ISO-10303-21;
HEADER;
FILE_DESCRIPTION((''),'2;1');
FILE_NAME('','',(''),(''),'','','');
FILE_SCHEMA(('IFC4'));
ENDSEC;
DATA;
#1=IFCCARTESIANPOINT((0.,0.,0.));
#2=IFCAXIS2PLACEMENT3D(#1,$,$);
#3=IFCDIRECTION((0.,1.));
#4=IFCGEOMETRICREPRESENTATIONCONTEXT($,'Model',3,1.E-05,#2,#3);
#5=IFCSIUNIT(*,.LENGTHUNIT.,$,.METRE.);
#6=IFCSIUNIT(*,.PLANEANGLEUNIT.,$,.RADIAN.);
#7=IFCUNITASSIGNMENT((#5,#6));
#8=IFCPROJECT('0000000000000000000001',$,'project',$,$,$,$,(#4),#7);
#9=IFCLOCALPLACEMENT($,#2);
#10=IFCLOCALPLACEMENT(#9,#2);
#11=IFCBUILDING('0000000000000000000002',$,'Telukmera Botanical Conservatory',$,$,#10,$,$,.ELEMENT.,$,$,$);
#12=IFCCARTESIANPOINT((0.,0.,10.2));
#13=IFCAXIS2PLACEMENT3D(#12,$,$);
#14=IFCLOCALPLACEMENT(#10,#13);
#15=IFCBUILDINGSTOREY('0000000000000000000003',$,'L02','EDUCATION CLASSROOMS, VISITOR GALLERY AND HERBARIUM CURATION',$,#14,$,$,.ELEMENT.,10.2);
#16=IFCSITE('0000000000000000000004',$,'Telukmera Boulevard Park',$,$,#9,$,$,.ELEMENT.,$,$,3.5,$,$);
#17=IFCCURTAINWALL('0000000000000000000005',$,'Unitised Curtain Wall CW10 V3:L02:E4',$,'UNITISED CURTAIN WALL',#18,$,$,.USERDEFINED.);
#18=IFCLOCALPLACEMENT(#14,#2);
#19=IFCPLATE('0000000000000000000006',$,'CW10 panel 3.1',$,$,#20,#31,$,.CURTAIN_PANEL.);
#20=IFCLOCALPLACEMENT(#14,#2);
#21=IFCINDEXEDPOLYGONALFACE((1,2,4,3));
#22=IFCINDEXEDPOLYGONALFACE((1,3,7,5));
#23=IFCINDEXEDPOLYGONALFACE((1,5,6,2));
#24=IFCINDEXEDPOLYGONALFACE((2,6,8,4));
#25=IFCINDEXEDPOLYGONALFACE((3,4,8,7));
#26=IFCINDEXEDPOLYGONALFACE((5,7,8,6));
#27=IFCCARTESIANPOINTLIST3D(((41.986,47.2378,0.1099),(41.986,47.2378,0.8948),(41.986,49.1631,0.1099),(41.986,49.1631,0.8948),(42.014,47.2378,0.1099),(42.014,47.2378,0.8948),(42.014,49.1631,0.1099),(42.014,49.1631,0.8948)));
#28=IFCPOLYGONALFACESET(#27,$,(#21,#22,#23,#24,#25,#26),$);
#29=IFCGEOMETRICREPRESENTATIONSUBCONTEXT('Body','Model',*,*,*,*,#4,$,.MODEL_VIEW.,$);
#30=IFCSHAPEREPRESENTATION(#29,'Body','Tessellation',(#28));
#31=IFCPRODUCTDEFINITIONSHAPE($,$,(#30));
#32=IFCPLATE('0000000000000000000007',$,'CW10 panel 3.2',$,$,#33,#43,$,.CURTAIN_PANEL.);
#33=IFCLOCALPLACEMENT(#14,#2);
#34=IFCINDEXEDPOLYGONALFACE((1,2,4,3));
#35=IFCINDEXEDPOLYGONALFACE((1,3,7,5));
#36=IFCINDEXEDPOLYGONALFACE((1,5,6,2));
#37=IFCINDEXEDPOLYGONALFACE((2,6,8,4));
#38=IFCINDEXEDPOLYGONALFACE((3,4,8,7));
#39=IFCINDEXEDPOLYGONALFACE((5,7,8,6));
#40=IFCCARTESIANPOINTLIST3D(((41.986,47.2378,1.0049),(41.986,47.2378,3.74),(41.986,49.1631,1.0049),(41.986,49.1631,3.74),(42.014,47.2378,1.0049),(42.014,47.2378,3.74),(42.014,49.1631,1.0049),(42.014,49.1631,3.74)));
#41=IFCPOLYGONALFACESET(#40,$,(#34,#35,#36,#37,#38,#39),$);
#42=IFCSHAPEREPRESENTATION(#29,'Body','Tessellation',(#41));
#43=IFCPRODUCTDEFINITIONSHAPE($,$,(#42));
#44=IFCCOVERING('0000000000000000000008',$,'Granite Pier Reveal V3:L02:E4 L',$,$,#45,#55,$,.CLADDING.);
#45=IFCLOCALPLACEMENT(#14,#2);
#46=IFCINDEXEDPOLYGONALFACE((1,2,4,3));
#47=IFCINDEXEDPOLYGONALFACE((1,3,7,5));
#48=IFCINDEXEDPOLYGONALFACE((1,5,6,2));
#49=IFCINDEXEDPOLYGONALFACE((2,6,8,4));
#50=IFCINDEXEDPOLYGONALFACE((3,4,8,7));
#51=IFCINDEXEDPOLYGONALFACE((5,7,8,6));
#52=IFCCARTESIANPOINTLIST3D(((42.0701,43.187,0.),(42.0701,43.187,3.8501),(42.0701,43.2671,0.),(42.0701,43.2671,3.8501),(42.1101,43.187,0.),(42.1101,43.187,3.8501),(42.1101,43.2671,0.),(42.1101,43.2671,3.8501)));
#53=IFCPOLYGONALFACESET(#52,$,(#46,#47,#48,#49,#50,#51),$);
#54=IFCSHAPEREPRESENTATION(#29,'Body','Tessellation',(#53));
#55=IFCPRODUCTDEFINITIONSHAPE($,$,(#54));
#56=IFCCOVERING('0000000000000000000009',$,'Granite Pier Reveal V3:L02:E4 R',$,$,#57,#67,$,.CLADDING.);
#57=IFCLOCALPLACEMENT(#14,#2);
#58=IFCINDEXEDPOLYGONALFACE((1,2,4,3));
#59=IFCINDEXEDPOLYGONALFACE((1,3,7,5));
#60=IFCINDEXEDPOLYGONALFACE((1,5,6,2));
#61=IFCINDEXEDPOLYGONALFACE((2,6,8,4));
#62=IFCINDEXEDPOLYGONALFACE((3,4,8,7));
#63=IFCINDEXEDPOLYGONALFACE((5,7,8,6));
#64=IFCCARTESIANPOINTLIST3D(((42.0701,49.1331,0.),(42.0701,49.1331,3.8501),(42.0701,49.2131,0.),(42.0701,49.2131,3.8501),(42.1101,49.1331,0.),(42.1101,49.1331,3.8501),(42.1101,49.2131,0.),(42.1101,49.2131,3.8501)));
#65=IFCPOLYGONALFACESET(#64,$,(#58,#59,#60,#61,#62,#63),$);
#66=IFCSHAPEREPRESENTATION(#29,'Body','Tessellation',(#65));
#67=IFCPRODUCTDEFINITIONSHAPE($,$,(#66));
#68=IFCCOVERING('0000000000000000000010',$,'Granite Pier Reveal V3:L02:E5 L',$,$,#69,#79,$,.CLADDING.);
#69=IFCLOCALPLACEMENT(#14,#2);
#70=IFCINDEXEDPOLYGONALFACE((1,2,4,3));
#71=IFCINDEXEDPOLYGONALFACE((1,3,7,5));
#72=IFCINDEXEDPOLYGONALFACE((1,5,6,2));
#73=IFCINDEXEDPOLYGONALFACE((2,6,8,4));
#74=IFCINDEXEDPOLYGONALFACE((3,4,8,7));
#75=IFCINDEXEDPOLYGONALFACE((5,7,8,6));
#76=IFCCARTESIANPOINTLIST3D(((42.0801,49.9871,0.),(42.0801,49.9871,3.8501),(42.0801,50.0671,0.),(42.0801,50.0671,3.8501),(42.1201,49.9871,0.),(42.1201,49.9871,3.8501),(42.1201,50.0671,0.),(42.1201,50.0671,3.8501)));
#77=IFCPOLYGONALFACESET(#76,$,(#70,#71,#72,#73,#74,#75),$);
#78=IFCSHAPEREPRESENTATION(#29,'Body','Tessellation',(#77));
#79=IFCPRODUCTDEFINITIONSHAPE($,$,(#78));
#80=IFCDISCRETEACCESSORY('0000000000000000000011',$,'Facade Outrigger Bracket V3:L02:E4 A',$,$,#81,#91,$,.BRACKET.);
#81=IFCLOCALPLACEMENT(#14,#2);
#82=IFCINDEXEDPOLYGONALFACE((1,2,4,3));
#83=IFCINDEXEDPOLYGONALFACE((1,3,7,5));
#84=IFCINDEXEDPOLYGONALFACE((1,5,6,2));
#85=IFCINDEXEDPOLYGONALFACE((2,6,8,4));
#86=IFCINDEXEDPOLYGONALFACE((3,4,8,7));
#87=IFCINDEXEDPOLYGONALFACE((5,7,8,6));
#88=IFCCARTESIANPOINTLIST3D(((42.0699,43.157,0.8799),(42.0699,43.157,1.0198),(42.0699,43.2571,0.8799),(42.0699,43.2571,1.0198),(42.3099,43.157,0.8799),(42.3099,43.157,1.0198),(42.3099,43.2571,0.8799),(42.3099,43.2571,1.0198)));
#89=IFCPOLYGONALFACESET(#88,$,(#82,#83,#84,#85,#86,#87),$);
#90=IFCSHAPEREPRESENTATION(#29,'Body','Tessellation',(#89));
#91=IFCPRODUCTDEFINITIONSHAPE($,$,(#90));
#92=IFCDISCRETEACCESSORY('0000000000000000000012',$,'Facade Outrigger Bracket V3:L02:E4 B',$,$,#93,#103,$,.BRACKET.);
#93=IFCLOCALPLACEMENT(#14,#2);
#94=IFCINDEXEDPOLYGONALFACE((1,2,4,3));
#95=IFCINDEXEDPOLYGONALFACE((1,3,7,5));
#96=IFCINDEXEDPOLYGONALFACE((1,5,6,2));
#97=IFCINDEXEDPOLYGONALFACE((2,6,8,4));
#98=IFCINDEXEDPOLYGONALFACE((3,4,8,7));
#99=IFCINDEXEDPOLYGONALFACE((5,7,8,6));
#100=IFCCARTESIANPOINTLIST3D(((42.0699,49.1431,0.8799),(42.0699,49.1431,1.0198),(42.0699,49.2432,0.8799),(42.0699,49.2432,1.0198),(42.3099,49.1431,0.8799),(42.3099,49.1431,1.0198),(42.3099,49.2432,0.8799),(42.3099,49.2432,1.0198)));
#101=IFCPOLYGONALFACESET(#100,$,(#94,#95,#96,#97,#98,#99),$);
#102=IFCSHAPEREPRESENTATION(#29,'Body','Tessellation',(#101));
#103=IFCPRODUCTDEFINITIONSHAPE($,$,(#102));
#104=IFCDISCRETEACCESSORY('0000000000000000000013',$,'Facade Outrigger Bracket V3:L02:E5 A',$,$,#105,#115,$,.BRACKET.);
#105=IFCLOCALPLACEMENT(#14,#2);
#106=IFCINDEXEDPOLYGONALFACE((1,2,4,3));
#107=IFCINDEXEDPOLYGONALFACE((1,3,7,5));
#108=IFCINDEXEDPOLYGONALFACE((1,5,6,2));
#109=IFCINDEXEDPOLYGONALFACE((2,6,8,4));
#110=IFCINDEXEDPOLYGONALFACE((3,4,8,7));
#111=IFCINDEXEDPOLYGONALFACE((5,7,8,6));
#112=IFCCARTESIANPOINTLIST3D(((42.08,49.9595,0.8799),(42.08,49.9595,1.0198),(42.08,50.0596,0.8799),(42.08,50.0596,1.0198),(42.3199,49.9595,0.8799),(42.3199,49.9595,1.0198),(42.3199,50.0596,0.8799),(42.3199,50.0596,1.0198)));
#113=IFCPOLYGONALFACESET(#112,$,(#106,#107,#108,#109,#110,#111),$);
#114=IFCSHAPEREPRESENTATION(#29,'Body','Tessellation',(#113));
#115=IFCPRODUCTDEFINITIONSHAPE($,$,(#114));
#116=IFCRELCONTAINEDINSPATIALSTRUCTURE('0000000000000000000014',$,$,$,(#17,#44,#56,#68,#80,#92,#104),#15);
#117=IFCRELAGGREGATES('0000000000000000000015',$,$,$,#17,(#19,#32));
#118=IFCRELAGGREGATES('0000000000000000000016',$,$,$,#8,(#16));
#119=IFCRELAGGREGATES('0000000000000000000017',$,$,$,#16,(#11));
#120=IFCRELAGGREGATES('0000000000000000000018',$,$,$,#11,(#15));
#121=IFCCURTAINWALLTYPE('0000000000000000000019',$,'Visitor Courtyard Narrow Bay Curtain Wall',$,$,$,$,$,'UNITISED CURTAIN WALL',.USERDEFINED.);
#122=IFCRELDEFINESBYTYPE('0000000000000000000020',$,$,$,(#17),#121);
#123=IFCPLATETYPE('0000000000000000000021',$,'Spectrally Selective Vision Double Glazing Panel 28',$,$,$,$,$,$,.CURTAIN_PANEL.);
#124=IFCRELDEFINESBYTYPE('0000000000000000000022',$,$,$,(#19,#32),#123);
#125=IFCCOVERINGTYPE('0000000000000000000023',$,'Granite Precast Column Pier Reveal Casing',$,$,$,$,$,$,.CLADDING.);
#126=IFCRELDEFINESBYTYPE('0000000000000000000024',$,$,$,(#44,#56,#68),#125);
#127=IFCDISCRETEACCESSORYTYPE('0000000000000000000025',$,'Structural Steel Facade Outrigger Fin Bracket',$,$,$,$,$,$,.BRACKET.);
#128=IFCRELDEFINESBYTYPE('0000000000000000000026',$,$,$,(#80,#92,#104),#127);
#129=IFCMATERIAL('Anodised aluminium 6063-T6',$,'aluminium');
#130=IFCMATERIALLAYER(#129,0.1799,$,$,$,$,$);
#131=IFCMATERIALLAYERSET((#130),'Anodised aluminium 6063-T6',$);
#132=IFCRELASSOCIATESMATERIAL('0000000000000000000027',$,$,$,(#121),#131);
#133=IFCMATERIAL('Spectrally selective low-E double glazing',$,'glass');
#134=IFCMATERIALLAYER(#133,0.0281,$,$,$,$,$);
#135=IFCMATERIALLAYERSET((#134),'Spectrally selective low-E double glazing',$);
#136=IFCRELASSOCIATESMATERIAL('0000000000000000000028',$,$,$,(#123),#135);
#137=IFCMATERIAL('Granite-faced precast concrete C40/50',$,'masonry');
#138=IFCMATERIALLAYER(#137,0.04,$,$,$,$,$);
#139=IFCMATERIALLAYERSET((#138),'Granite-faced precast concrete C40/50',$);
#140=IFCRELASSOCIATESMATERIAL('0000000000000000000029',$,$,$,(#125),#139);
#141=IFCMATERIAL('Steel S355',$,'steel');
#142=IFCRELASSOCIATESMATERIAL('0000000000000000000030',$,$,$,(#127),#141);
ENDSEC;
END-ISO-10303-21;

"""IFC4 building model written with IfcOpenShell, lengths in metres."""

from ifc_helpers import new_model, si_unit, direction, frame, origin, origin_2d, place, context, subcontext, project, spatial, rectangle, extrude, material, layer, layer_set, type_object, element, aggregate, save


model = new_model("IFC4")

# Units and contexts
model_context = context("Model", 3, precision=1e-05, world=origin(), true_north=direction((0.0, 1.0)))
body_context = subcontext(model_context, "Body", "Model", "MODEL_VIEW")
ifc_project = project(units=[si_unit("LENGTHUNIT", "METRE"), si_unit("PLANEANGLEUNIT", "RADIAN")], contexts=[model_context])

# Site, building, storey
site_placement = place(None, origin())
site = spatial("IfcSite", under=ifc_project, at=site_placement, Name="Telukmera Boulevard Park", CompositionType="ELEMENT", RefElevation=3.5)
building_placement = place(site_placement, origin())
building = spatial("IfcBuilding", under=site, at=building_placement, Name="Telukmera Botanical Conservatory", CompositionType="ELEMENT")
storey_placement = place(building_placement, frame((0.0, 0.0, 10.2)))
storey = spatial("IfcBuildingStorey", under=building, at=storey_placement, Name="L02", Description="EDUCATION CLASSROOMS, VISITOR GALLERY AND HERBARIUM CURATION", CompositionType="ELEMENT", Elevation=10.2)

# Curtain wall
ifc_material_1 = material(Name="Anodised aluminium 6063-T6", Category="aluminium")
ifc_layer_1 = layer(ifc_material_1, 0.1799)
ifc_layer_set_1 = layer_set([ifc_layer_1], Name="Anodised aluminium 6063-T6")
curtain_wall_type_1 = type_object("IfcCurtainWallType", Name="Visitor Courtyard Narrow Bay Curtain Wall", ElementType="UNITISED CURTAIN WALL", PredefinedType="USERDEFINED", material=ifc_layer_set_1)
curtain_wall_1_placement = place(storey_placement, origin())
curtain_wall_1 = element("IfcCurtainWall", 1, at=curtain_wall_1_placement, inside=storey, type_object=curtain_wall_type_1, Name="Unitised Curtain Wall CW10 V3:L02:E4", ObjectType="UNITISED CURTAIN WALL", PredefinedType="USERDEFINED")

# Plates
ifc_material_2 = material(Name="Spectrally selective low-E double glazing", Category="glass")
ifc_layer_2 = layer(ifc_material_2, 0.0281)
ifc_layer_set_2 = layer_set([ifc_layer_2], Name="Spectrally selective low-E double glazing")
plate_type_1 = type_object("IfcPlateType", Name="Spectrally Selective Vision Double Glazing Panel 28", PredefinedType="CURTAIN_PANEL", material=ifc_layer_set_2)
plate_1_placement = place(storey_placement, frame((42.0, 48.2004, 0.1099), z_axis=(0.0, 0.0, 1.0), x_axis=(0.0, 1.0, 0.0)))
plate_1 = element("IfcPlate", 2, at=plate_1_placement, type_object=plate_type_1, Name="CW10 panel 3.1", PredefinedType="CURTAIN_PANEL", context=body_context, shape_type="SweptSolid", body=[
    extrude(rectangle(XDim=1.9253, YDim=0.0281, at=origin_2d()), origin(), (0.0, 0.0, 1.0), 0.7849),
])
plate_2_placement = place(storey_placement, frame((42.0, 48.2004, 1.0049), z_axis=(0.0, 0.0, 1.0), x_axis=(0.0, 1.0, 0.0)))
plate_2 = element("IfcPlate", 3, at=plate_2_placement, type_object=plate_type_1, Name="CW10 panel 3.2", PredefinedType="CURTAIN_PANEL", context=body_context, shape_type="SweptSolid", body=[
    extrude(rectangle(XDim=1.9253, YDim=0.0281, at=origin_2d()), origin(), (0.0, 0.0, 1.0), 2.7351),
])
aggregate(curtain_wall_1, [plate_1, plate_2])

# Coverings
ifc_material_3 = material(Name="Granite-faced precast concrete C40/50", Category="masonry")
ifc_layer_3 = layer(ifc_material_3, 0.04)
ifc_layer_set_3 = layer_set([ifc_layer_3], Name="Granite-faced precast concrete C40/50")
covering_type = type_object("IfcCoveringType", Name="Granite Precast Column Pier Reveal Casing", PredefinedType="CLADDING", material=ifc_layer_set_3)
for number, where, z_axis, x_axis, name in (
    (4, (42.0901, 43.2271, 0.0), (0.0, 0.0, 1.0), (0.0, 1.0, 0.0), "Granite Pier Reveal V3:L02:E4 L"),
    (5, (42.0901, 49.1731, 0.0), (0.0, 0.0, 1.0), (0.0, 1.0, 0.0), "Granite Pier Reveal V3:L02:E4 R"),
    (6, (42.1001, 50.0271, 0.0), (0.0, 0.0, 1.0), (0.0, 1.0, 0.0), "Granite Pier Reveal V3:L02:E5 L"),
):
    element("IfcCovering", number, at=place(storey_placement, frame(where, z_axis=z_axis, x_axis=x_axis)), inside=storey, type_object=covering_type, Name=name, PredefinedType="CLADDING", context=body_context, shape_type="SweptSolid", body=[
        extrude(rectangle(XDim=0.0801, YDim=0.04, at=origin_2d()), origin(), (0.0, 0.0, 1.0), 3.8501),
    ])

# Discrete accessories
ifc_material_4 = material(Name="Steel S355", Category="steel")
discrete_accessory_type = type_object("IfcDiscreteAccessoryType", Name="Structural Steel Facade Outrigger Fin Bracket", PredefinedType="BRACKET", material=ifc_material_4)
for number, where, z_axis, x_axis, name in (
    (7, (42.1899, 43.207, 0.8799), (0.0, 0.0, 1.0), (0.0, 1.0, 0.0), "Facade Outrigger Bracket V3:L02:E4 A"),
    (8, (42.1899, 49.1931, 0.8799), (0.0, 0.0, 1.0), (0.0, 1.0, 0.0), "Facade Outrigger Bracket V3:L02:E4 B"),
    (9, (42.2, 50.0095, 0.8799), (0.0, 0.0, 1.0), (0.0, 1.0, 0.0), "Facade Outrigger Bracket V3:L02:E5 A"),
):
    element("IfcDiscreteAccessory", number, at=place(storey_placement, frame(where, z_axis=z_axis, x_axis=x_axis)), inside=storey, type_object=discrete_accessory_type, Name=name, PredefinedType="BRACKET", context=body_context, shape_type="SweptSolid", body=[
        extrude(rectangle(XDim=0.1001, YDim=0.24, at=origin_2d()), origin(), (0.0, 0.0, 1.0), 0.1399),
    ])

save(model, "model.ifc")
